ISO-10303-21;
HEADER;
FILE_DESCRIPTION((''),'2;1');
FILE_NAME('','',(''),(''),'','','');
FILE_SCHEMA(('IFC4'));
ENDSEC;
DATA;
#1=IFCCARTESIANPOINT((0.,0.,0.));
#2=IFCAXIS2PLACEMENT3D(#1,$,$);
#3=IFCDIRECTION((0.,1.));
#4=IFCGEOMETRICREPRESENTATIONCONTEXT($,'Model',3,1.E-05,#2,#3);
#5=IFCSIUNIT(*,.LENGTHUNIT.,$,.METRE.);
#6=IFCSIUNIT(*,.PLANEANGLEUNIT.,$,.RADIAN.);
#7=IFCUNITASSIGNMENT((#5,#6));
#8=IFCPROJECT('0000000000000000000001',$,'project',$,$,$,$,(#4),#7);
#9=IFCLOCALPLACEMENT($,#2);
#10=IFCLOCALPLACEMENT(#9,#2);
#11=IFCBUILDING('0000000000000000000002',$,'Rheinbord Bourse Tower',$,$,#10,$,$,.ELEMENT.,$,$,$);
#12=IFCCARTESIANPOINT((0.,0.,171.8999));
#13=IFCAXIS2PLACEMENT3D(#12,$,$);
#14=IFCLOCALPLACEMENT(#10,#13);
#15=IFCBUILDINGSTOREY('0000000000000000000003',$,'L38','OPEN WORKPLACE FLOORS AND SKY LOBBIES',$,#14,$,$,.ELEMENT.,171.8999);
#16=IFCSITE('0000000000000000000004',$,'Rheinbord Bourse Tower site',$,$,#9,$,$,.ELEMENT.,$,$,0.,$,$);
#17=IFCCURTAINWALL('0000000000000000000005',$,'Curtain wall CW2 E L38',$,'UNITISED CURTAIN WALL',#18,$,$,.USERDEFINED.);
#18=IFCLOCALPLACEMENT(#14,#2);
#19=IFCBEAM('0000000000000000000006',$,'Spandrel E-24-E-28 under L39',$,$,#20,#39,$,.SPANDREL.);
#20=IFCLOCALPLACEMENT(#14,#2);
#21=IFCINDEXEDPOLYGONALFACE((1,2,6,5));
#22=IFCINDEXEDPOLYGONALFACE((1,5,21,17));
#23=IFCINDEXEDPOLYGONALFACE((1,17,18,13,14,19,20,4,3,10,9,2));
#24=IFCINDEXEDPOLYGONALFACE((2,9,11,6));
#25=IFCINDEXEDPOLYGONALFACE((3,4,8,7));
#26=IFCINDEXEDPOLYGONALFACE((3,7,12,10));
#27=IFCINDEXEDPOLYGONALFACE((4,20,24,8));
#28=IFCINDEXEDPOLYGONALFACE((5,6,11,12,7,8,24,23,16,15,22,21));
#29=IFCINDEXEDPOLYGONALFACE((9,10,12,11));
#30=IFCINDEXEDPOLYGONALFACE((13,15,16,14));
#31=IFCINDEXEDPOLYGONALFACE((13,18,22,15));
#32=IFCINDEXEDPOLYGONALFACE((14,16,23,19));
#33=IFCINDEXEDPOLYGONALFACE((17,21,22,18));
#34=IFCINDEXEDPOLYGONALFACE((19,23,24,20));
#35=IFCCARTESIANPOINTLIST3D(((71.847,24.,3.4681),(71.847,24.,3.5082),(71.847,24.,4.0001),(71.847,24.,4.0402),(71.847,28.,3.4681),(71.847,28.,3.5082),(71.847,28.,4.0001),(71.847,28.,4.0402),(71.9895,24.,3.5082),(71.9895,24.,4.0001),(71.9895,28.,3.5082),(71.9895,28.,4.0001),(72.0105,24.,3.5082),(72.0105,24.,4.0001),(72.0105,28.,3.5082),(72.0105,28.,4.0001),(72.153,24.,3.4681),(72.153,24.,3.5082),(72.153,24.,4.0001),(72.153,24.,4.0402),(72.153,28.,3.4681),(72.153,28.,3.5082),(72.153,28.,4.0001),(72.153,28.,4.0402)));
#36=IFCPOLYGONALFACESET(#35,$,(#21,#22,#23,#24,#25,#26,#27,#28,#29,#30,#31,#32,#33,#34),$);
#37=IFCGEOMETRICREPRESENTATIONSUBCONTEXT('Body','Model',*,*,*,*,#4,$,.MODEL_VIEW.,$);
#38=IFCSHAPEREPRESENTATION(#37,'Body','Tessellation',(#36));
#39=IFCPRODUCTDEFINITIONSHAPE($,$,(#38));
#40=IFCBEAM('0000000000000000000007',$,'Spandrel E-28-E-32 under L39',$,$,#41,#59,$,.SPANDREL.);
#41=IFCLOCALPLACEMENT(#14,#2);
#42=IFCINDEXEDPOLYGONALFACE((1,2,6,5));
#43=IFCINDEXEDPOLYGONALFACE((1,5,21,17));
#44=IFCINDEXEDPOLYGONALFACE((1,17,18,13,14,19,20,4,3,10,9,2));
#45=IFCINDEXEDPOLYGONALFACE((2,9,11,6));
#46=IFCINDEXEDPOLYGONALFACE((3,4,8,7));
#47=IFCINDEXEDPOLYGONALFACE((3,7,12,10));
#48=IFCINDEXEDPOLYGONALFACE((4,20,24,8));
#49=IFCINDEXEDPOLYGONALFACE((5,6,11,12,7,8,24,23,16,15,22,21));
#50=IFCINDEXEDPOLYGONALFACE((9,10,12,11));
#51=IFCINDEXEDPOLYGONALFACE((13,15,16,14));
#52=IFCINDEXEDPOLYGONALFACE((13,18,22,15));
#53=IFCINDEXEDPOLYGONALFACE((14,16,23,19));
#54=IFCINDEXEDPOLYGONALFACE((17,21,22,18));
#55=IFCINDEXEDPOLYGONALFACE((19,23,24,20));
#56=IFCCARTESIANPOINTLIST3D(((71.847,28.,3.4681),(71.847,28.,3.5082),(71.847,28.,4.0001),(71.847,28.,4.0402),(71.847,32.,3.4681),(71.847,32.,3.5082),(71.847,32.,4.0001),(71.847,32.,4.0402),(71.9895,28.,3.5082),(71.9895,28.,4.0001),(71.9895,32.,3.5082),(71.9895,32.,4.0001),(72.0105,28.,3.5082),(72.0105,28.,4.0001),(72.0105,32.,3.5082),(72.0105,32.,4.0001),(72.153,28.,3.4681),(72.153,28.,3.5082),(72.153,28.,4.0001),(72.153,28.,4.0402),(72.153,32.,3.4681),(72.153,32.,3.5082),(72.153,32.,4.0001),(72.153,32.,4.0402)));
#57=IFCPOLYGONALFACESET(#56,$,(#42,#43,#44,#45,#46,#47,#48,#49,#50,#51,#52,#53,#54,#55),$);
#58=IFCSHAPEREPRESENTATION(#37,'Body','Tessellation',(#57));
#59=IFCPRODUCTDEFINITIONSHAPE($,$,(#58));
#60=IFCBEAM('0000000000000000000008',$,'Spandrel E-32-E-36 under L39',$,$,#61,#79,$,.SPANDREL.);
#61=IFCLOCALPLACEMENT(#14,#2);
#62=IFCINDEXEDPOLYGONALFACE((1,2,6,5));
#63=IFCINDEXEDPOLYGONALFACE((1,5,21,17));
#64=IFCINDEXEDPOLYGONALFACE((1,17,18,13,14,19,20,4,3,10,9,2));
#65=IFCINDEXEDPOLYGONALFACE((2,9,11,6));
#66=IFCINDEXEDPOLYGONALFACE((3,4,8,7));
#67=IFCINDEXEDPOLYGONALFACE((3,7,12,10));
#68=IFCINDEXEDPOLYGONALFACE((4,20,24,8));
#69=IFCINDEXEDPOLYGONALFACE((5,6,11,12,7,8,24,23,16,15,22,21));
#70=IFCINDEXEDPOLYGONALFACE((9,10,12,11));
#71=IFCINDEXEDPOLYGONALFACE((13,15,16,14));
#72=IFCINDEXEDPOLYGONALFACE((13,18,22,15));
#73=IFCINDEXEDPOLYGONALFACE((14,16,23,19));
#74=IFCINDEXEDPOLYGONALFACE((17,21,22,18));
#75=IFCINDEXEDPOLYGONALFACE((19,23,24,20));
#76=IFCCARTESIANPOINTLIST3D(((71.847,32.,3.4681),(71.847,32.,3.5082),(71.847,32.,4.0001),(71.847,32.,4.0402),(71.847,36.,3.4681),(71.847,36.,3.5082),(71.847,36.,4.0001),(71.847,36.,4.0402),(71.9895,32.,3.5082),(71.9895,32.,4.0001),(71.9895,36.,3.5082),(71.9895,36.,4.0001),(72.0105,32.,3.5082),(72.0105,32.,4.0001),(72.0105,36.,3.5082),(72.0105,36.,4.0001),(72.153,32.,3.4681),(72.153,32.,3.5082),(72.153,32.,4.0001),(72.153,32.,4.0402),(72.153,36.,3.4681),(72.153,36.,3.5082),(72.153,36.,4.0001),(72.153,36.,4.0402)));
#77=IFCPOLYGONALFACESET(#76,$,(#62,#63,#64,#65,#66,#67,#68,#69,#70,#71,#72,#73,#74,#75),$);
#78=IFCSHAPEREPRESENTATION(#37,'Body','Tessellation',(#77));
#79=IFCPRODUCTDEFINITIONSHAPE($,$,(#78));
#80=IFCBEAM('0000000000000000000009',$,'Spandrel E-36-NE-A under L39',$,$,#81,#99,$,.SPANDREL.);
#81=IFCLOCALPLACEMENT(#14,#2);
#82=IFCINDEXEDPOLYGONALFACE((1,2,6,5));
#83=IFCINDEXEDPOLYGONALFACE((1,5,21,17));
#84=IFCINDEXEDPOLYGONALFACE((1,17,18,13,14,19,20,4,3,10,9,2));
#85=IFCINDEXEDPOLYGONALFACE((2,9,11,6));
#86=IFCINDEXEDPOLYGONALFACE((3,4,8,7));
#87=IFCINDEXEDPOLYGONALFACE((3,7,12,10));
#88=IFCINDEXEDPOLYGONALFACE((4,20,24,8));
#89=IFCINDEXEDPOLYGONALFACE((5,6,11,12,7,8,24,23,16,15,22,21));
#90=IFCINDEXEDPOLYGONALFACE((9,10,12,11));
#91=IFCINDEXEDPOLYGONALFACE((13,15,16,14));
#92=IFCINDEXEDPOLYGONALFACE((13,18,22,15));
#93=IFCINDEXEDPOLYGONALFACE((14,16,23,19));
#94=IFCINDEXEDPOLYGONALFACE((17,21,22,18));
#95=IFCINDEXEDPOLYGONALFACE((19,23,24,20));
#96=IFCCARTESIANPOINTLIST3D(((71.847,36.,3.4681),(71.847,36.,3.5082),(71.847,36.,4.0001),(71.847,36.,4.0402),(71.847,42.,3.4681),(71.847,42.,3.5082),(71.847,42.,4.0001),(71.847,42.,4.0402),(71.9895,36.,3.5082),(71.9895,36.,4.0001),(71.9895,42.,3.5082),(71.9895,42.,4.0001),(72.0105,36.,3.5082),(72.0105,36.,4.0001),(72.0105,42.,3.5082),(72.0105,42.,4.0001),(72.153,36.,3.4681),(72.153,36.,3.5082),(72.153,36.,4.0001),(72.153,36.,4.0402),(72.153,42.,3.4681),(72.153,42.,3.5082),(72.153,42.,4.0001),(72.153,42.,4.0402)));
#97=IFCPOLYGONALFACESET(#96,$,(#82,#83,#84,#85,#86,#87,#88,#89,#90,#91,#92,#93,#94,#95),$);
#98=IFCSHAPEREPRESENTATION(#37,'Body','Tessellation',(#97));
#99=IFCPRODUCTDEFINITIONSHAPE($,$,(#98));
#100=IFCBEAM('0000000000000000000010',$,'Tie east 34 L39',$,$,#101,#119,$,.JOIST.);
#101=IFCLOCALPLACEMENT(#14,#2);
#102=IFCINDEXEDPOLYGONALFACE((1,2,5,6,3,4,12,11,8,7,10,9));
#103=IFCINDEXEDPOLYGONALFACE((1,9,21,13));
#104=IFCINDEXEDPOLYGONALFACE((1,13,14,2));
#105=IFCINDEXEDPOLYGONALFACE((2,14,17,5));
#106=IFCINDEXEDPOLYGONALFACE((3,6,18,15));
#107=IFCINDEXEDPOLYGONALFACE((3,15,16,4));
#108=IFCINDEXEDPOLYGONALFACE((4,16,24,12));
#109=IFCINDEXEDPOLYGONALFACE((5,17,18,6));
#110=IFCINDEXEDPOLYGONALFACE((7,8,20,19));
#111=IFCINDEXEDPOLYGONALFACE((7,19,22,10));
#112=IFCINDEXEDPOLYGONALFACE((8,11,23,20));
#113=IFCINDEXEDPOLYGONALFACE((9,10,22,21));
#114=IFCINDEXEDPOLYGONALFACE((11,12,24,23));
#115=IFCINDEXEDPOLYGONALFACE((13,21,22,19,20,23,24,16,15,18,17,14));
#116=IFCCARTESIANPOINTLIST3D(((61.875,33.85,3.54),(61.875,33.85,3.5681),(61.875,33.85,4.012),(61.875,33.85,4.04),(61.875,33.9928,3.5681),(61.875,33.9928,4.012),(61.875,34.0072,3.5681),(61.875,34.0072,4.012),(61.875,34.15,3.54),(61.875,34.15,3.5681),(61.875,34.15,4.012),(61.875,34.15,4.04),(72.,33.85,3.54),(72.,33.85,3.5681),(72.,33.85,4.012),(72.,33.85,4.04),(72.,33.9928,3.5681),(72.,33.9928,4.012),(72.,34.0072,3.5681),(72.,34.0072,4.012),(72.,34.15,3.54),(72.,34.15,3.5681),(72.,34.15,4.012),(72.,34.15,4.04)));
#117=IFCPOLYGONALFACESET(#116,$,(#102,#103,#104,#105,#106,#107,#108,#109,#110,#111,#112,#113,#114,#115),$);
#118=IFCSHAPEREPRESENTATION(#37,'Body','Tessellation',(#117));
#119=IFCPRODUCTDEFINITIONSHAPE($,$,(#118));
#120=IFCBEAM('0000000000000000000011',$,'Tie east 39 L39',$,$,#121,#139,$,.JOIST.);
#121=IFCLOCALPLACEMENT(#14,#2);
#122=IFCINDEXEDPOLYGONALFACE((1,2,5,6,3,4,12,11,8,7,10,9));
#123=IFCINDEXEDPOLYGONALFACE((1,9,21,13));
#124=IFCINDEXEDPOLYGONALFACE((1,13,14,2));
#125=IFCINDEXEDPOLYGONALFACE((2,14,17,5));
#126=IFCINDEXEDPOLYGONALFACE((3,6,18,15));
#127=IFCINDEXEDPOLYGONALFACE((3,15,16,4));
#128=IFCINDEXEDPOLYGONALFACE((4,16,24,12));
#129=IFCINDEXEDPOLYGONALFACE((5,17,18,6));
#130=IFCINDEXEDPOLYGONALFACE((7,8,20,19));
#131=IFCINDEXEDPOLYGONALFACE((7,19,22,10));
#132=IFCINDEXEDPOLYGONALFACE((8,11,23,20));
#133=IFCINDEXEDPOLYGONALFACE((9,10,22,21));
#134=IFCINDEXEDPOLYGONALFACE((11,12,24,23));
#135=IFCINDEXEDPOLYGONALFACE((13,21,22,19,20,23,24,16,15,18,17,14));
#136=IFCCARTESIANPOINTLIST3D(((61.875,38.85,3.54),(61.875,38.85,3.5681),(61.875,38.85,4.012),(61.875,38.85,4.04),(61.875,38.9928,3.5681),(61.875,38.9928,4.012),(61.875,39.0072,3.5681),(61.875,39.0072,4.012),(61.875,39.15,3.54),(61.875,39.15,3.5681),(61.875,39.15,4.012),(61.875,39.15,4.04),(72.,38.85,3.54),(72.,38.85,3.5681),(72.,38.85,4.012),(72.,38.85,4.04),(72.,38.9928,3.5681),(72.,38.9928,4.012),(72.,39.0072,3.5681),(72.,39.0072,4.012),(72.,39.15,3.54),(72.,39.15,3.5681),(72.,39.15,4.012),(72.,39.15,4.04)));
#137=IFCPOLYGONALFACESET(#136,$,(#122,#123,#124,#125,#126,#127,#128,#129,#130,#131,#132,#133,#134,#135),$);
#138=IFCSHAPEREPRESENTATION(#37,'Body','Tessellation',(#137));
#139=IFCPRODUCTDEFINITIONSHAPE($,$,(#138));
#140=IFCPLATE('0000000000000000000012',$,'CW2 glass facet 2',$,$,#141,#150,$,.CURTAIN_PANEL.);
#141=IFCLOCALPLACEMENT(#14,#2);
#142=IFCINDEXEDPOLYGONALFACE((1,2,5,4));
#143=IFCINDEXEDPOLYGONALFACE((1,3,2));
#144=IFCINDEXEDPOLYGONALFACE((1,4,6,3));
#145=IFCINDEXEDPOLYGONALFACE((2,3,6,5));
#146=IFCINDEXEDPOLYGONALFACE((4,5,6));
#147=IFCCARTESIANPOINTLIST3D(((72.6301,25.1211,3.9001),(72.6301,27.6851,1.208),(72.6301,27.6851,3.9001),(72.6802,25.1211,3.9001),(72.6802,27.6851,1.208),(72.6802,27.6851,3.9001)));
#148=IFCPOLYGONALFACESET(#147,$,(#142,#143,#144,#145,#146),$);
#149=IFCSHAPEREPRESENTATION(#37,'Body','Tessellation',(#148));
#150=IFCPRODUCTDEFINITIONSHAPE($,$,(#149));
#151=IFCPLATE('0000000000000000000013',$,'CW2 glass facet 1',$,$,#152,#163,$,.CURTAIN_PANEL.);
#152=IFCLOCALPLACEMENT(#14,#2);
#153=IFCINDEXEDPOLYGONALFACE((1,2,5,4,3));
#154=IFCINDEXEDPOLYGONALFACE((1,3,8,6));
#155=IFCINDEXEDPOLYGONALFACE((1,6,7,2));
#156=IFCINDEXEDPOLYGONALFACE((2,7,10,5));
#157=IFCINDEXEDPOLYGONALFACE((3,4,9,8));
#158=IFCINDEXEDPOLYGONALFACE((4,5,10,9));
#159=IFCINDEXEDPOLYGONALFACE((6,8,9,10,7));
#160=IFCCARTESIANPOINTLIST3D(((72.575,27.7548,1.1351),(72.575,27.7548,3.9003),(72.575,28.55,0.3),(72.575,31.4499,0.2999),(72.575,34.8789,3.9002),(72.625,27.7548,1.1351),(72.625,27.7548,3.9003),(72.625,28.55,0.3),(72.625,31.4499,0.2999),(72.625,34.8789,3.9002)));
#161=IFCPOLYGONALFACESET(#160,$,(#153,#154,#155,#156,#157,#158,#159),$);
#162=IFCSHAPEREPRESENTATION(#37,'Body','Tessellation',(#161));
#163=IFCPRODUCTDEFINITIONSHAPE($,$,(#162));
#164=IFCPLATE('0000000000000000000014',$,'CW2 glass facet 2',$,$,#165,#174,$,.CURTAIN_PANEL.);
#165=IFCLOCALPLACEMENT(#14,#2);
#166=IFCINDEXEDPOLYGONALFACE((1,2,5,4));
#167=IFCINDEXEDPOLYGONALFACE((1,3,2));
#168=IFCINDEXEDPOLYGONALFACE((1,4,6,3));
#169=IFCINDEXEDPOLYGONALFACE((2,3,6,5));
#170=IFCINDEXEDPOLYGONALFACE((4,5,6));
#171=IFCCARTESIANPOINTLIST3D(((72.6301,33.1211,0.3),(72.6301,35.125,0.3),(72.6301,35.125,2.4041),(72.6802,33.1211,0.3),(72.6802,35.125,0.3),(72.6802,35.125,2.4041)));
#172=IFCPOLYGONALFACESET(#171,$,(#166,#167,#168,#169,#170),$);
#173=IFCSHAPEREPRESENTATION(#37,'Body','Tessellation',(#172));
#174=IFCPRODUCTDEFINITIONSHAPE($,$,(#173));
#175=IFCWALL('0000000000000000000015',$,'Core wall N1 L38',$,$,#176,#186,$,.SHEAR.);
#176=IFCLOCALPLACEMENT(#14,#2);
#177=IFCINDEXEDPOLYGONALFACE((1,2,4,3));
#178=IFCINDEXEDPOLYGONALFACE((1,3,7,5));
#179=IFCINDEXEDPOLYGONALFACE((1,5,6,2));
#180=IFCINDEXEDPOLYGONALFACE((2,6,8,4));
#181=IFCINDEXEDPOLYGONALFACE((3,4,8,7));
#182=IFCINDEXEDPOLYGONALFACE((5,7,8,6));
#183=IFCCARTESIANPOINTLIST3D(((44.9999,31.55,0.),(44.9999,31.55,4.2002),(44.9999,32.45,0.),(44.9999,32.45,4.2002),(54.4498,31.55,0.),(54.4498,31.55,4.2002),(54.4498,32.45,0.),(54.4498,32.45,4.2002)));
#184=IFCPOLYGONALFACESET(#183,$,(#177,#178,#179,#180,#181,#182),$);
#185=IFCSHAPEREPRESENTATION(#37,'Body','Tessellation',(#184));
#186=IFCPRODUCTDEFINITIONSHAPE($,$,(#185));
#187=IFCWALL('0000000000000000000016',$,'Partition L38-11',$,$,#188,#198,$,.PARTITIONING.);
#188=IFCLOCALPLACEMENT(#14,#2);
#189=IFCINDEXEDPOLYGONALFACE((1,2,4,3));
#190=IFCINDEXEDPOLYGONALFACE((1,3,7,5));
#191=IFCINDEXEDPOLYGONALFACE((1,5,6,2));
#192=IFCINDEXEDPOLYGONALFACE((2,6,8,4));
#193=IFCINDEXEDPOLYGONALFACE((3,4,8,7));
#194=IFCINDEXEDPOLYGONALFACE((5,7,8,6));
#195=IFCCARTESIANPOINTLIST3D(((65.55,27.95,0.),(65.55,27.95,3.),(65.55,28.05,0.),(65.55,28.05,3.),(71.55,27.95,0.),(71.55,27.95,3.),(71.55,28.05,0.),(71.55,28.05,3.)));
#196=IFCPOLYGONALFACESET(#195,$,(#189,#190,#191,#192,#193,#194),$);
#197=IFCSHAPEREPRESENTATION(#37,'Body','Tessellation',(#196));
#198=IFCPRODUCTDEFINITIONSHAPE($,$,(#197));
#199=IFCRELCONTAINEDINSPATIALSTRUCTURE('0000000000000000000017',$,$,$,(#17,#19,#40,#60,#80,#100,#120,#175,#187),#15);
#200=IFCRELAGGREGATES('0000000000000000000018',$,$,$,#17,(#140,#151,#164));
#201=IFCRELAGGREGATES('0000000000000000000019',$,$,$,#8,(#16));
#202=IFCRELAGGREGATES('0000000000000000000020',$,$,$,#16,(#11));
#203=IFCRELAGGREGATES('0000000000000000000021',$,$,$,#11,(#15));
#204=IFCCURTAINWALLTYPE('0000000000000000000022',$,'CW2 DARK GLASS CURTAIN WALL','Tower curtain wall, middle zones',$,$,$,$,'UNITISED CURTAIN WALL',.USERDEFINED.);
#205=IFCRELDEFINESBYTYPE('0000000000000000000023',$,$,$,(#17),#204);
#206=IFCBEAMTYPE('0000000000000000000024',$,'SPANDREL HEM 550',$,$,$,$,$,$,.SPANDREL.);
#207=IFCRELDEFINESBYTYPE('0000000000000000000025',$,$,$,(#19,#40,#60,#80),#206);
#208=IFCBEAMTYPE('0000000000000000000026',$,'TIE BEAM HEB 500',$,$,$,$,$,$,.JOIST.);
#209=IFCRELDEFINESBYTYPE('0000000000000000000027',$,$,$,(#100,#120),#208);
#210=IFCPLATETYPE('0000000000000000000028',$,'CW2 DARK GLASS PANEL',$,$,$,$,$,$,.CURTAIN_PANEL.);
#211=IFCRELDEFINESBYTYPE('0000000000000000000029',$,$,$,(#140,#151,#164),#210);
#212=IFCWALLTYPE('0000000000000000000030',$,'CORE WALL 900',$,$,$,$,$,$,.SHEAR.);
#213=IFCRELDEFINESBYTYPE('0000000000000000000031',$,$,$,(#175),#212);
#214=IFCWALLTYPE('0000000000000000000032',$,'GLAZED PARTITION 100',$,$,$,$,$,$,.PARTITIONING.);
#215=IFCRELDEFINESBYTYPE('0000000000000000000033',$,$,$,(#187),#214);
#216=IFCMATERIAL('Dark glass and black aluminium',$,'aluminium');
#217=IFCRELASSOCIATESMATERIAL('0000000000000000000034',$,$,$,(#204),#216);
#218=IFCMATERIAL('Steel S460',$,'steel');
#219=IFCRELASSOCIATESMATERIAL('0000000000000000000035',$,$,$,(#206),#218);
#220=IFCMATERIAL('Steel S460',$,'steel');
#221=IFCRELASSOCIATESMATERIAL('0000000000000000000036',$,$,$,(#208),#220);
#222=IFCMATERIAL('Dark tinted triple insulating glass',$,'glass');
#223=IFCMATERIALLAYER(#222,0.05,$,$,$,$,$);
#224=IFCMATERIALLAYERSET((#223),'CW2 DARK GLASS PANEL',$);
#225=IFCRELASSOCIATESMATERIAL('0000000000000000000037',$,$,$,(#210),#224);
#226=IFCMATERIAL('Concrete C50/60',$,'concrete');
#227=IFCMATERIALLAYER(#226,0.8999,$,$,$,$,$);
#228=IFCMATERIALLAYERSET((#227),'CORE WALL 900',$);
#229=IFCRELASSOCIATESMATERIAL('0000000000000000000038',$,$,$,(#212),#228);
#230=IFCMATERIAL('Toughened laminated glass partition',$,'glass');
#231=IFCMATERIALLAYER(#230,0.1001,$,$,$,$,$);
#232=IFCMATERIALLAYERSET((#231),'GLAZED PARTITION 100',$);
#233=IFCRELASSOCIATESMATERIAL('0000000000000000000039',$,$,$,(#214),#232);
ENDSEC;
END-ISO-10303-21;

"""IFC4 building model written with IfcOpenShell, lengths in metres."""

from ifc_helpers import new_model, si_unit, direction, frame, frame_2d, origin, origin_2d, place, context, subcontext, project, spatial, polyline, rectangle, i_section, outline, extrude, material, layer, layer_set, material_profile, profile_set, type_object, element, aggregate, save


model = new_model("IFC4")

# Units and contexts
model_context = context("Model", 3, precision=1e-05, world=origin(), true_north=direction((0.0, 1.0)))
body_context = subcontext(model_context, "Body", "Model", "MODEL_VIEW")
ifc_project = project(units=[si_unit("LENGTHUNIT", "METRE"), si_unit("PLANEANGLEUNIT", "RADIAN")], contexts=[model_context])

# Site, building, storey
site_placement = place(None, origin())
site = spatial("IfcSite", under=ifc_project, at=site_placement, Name="Rheinbord Bourse Tower site", CompositionType="ELEMENT", RefElevation=0.0)
building_placement = place(site_placement, origin())
building = spatial("IfcBuilding", under=site, at=building_placement, Name="Rheinbord Bourse Tower", CompositionType="ELEMENT")
storey_placement = place(building_placement, frame((0.0, 0.0, 171.8999)))
storey = spatial("IfcBuildingStorey", under=building, at=storey_placement, Name="L38", Description="OPEN WORKPLACE FLOORS AND SKY LOBBIES", CompositionType="ELEMENT", Elevation=171.8999)

# Curtain wall
ifc_material_1 = material(Name="Dark glass and black aluminium", Category="aluminium")
curtain_wall_type = type_object("IfcCurtainWallType", Name="CW2 DARK GLASS CURTAIN WALL", Description="Tower curtain wall, middle zones", ElementType="UNITISED CURTAIN WALL", PredefinedType="USERDEFINED", material=ifc_material_1)
curtain_wall_placement = place(storey_placement, origin())
curtain_wall = element("IfcCurtainWall", 1, at=curtain_wall_placement, inside=storey, type_object=curtain_wall_type, Name="Curtain wall CW2 E L38", ObjectType="UNITISED CURTAIN WALL", PredefinedType="USERDEFINED")

# Beams
ifc_material_2 = material(Name="Steel S460", Category="steel")
ifc_material_profile_1 = material_profile(ifc_material_2, i_section(OverallWidth=0.3059, OverallDepth=0.572, WebThickness=0.021, FlangeThickness=0.04, at=origin_2d()), Name="HEM 550")
ifc_profile_set_1 = profile_set([ifc_material_profile_1], Name="Steel S460")
beam_type_1 = type_object("IfcBeamType", Name="SPANDREL HEM 550", PredefinedType="SPANDREL", material=ifc_profile_set_1)
for number, where, z_axis, x_axis, name in (
    (2, (72.0, 24.0, 3.7542), (0.0, 1.0, 0.0), (-1.0, 0.0, 0.0), "Spandrel E-24-E-28 under L39"),
    (3, (72.0, 28.0, 3.7542), (0.0, 1.0, 0.0), (-1.0, 0.0, 0.0), "Spandrel E-28-E-32 under L39"),
    (4, (72.0, 32.0, 3.7542), (0.0, 1.0, 0.0), (-1.0, 0.0, 0.0), "Spandrel E-32-E-36 under L39"),
):
    element("IfcBeam", number, at=place(storey_placement, frame(where, z_axis=z_axis, x_axis=x_axis)), inside=storey, type_object=beam_type_1, Name=name, PredefinedType="SPANDREL", context=body_context, shape_type="SweptSolid", body=[
        extrude(i_section(OverallWidth=0.3059, OverallDepth=0.572, WebThickness=0.021, FlangeThickness=0.04, at=origin_2d()), origin(), (0.0, 0.0, 1.0), 4.0),
    ])
beam_1_placement = place(storey_placement, frame((72.0, 36.0, 3.7542), z_axis=(0.0, 1.0, 0.0), x_axis=(-1.0, 0.0, 0.0)))
element("IfcBeam", 5, at=beam_1_placement, inside=storey, type_object=beam_type_1, Name="Spandrel E-36-NE-A under L39", PredefinedType="SPANDREL", context=body_context, shape_type="SweptSolid", body=[
    extrude(i_section(OverallWidth=0.3059, OverallDepth=0.572, WebThickness=0.021, FlangeThickness=0.04, at=origin_2d()), origin(), (0.0, 0.0, 1.0), 6.0),
])
ifc_material_3 = material(Name="Steel S460", Category="steel")
ifc_material_profile_2 = material_profile(ifc_material_3, i_section(OverallWidth=0.3, OverallDepth=0.5, WebThickness=0.0144, FlangeThickness=0.0281, at=origin_2d()), Name="HEB 500")
ifc_profile_set_2 = profile_set([ifc_material_profile_2], Name="Steel S460")
beam_type_2 = type_object("IfcBeamType", Name="TIE BEAM HEB 500", PredefinedType="JOIST", material=ifc_profile_set_2)
for number, where, z_axis, x_axis, name in (
    (6, (61.875, 34.0, 3.79), (1.0, 0.0, 0.0), (0.0, 1.0, 0.0), "Tie east 34 L39"),
    (7, (61.875, 39.0, 3.79), (1.0, 0.0, 0.0), (0.0, 1.0, 0.0), "Tie east 39 L39"),
):
    element("IfcBeam", number, at=place(storey_placement, frame(where, z_axis=z_axis, x_axis=x_axis)), inside=storey, type_object=beam_type_2, Name=name, PredefinedType="JOIST", context=body_context, shape_type="SweptSolid", body=[
        extrude(i_section(OverallWidth=0.3, OverallDepth=0.5, WebThickness=0.0144, FlangeThickness=0.0281, at=origin_2d()), origin(), (0.0, 0.0, 1.0), 10.125),
    ])

# Plates
ifc_material_4 = material(Name="Dark tinted triple insulating glass", Category="glass")
ifc_layer_1 = layer(ifc_material_4, 0.05)
ifc_layer_set_1 = layer_set([ifc_layer_1], Name="CW2 DARK GLASS PANEL")
plate_type = type_object("IfcPlateType", Name="CW2 DARK GLASS PANEL", PredefinedType="CURTAIN_PANEL", material=ifc_layer_set_1)
plate_1_placement = place(storey_placement, frame((72.6802, 27.6851, 3.9001), z_axis=(-1.0, 0.0, 0.0), x_axis=(0.0, 0.0, -1.0)))
plate_1 = element("IfcPlate", 8, at=plate_1_placement, type_object=plate_type, Name="CW2 glass facet 2", PredefinedType="CURTAIN_PANEL", context=body_context, shape_type="SweptSolid", body=[
    extrude(outline(polyline([(0.0, 0.0), (2.6921, 0.0), (0.0, 2.564), (0.0, 0.0)])), origin(), (0.0, 0.0, 1.0), 0.05),
])
plate_2_placement = place(storey_placement, frame((72.625, 28.55, 0.3), z_axis=(-1.0, 0.0, 0.0), x_axis=(0.0, -0.689639, 0.724153)))
plate_2 = element("IfcPlate", 9, at=plate_2_placement, type_object=plate_type, Name="CW2 glass facet 1", PredefinedType="CURTAIN_PANEL", context=body_context, shape_type="SweptSolid", body=[
    extrude(outline(polyline([(0.0, 0.0), (1.1531, 0.0), (3.1555, 1.907), (-1.7576, 7.0659), (-2.0, 2.0999), (0.0, 0.0)])), origin(), (0.0, 0.0, 1.0), 0.05),
])
plate_3_placement = place(storey_placement, frame((72.6802, 35.125, 0.3), z_axis=(-1.0, 0.0, 0.0), x_axis=(0.0, -1.0, 0.0)))
plate_3 = element("IfcPlate", 10, at=plate_3_placement, type_object=plate_type, Name="CW2 glass facet 2", PredefinedType="CURTAIN_PANEL", context=body_context, shape_type="SweptSolid", body=[
    extrude(outline(polyline([(0.0, 0.0), (2.0039, 0.0), (0.0, 2.104), (0.0, 0.0)])), origin(), (0.0, 0.0, 1.0), 0.05),
])
aggregate(curtain_wall, [plate_1, plate_2, plate_3])

# Walls
ifc_material_5 = material(Name="Concrete C50/60", Category="concrete")
ifc_layer_2 = layer(ifc_material_5, 0.8999)
ifc_layer_set_2 = layer_set([ifc_layer_2], Name="CORE WALL 900")
wall_type_1 = type_object("IfcWallType", Name="CORE WALL 900", PredefinedType="SHEAR", material=ifc_layer_set_2)
wall_1_placement = place(storey_placement, frame((54.45, 32.0, 0.0), z_axis=(0.0, 0.0, 1.0), x_axis=(-1.0, 0.0, 0.0)))
element("IfcWall", 11, at=wall_1_placement, inside=storey, type_object=wall_type_1, Name="Core wall N1 L38", PredefinedType="SHEAR", context=body_context, shape_type="SweptSolid", body=[
    extrude(rectangle(XDim=9.45, YDim=0.8999, at=frame_2d((4.7251, 0.0))), origin(), (0.0, 0.0, 1.0), 4.2002),
])
ifc_material_6 = material(Name="Toughened laminated glass partition", Category="glass")
ifc_layer_3 = layer(ifc_material_6, 0.1001)
ifc_layer_set_3 = layer_set([ifc_layer_3], Name="GLAZED PARTITION 100")
wall_type_2 = type_object("IfcWallType", Name="GLAZED PARTITION 100", PredefinedType="PARTITIONING", material=ifc_layer_set_3)
for number, where, z_axis, x_axis, name in (
    (12, (65.55, 28.0, 0.0), (0.0, 0.0, 1.0), (1.0, 0.0, 0.0), "Partition L38-11"),
):
    element("IfcWall", number, at=place(storey_placement, frame(where, z_axis=z_axis, x_axis=x_axis)), inside=storey, type_object=wall_type_2, Name=name, PredefinedType="PARTITIONING", context=body_context, shape_type="SweptSolid", body=[
        extrude(rectangle(XDim=6.0, YDim=0.1001, at=frame_2d((3.0, 0.0))), origin(), (0.0, 0.0, 1.0), 3.0),
    ])

save(model, "model.ifc")
